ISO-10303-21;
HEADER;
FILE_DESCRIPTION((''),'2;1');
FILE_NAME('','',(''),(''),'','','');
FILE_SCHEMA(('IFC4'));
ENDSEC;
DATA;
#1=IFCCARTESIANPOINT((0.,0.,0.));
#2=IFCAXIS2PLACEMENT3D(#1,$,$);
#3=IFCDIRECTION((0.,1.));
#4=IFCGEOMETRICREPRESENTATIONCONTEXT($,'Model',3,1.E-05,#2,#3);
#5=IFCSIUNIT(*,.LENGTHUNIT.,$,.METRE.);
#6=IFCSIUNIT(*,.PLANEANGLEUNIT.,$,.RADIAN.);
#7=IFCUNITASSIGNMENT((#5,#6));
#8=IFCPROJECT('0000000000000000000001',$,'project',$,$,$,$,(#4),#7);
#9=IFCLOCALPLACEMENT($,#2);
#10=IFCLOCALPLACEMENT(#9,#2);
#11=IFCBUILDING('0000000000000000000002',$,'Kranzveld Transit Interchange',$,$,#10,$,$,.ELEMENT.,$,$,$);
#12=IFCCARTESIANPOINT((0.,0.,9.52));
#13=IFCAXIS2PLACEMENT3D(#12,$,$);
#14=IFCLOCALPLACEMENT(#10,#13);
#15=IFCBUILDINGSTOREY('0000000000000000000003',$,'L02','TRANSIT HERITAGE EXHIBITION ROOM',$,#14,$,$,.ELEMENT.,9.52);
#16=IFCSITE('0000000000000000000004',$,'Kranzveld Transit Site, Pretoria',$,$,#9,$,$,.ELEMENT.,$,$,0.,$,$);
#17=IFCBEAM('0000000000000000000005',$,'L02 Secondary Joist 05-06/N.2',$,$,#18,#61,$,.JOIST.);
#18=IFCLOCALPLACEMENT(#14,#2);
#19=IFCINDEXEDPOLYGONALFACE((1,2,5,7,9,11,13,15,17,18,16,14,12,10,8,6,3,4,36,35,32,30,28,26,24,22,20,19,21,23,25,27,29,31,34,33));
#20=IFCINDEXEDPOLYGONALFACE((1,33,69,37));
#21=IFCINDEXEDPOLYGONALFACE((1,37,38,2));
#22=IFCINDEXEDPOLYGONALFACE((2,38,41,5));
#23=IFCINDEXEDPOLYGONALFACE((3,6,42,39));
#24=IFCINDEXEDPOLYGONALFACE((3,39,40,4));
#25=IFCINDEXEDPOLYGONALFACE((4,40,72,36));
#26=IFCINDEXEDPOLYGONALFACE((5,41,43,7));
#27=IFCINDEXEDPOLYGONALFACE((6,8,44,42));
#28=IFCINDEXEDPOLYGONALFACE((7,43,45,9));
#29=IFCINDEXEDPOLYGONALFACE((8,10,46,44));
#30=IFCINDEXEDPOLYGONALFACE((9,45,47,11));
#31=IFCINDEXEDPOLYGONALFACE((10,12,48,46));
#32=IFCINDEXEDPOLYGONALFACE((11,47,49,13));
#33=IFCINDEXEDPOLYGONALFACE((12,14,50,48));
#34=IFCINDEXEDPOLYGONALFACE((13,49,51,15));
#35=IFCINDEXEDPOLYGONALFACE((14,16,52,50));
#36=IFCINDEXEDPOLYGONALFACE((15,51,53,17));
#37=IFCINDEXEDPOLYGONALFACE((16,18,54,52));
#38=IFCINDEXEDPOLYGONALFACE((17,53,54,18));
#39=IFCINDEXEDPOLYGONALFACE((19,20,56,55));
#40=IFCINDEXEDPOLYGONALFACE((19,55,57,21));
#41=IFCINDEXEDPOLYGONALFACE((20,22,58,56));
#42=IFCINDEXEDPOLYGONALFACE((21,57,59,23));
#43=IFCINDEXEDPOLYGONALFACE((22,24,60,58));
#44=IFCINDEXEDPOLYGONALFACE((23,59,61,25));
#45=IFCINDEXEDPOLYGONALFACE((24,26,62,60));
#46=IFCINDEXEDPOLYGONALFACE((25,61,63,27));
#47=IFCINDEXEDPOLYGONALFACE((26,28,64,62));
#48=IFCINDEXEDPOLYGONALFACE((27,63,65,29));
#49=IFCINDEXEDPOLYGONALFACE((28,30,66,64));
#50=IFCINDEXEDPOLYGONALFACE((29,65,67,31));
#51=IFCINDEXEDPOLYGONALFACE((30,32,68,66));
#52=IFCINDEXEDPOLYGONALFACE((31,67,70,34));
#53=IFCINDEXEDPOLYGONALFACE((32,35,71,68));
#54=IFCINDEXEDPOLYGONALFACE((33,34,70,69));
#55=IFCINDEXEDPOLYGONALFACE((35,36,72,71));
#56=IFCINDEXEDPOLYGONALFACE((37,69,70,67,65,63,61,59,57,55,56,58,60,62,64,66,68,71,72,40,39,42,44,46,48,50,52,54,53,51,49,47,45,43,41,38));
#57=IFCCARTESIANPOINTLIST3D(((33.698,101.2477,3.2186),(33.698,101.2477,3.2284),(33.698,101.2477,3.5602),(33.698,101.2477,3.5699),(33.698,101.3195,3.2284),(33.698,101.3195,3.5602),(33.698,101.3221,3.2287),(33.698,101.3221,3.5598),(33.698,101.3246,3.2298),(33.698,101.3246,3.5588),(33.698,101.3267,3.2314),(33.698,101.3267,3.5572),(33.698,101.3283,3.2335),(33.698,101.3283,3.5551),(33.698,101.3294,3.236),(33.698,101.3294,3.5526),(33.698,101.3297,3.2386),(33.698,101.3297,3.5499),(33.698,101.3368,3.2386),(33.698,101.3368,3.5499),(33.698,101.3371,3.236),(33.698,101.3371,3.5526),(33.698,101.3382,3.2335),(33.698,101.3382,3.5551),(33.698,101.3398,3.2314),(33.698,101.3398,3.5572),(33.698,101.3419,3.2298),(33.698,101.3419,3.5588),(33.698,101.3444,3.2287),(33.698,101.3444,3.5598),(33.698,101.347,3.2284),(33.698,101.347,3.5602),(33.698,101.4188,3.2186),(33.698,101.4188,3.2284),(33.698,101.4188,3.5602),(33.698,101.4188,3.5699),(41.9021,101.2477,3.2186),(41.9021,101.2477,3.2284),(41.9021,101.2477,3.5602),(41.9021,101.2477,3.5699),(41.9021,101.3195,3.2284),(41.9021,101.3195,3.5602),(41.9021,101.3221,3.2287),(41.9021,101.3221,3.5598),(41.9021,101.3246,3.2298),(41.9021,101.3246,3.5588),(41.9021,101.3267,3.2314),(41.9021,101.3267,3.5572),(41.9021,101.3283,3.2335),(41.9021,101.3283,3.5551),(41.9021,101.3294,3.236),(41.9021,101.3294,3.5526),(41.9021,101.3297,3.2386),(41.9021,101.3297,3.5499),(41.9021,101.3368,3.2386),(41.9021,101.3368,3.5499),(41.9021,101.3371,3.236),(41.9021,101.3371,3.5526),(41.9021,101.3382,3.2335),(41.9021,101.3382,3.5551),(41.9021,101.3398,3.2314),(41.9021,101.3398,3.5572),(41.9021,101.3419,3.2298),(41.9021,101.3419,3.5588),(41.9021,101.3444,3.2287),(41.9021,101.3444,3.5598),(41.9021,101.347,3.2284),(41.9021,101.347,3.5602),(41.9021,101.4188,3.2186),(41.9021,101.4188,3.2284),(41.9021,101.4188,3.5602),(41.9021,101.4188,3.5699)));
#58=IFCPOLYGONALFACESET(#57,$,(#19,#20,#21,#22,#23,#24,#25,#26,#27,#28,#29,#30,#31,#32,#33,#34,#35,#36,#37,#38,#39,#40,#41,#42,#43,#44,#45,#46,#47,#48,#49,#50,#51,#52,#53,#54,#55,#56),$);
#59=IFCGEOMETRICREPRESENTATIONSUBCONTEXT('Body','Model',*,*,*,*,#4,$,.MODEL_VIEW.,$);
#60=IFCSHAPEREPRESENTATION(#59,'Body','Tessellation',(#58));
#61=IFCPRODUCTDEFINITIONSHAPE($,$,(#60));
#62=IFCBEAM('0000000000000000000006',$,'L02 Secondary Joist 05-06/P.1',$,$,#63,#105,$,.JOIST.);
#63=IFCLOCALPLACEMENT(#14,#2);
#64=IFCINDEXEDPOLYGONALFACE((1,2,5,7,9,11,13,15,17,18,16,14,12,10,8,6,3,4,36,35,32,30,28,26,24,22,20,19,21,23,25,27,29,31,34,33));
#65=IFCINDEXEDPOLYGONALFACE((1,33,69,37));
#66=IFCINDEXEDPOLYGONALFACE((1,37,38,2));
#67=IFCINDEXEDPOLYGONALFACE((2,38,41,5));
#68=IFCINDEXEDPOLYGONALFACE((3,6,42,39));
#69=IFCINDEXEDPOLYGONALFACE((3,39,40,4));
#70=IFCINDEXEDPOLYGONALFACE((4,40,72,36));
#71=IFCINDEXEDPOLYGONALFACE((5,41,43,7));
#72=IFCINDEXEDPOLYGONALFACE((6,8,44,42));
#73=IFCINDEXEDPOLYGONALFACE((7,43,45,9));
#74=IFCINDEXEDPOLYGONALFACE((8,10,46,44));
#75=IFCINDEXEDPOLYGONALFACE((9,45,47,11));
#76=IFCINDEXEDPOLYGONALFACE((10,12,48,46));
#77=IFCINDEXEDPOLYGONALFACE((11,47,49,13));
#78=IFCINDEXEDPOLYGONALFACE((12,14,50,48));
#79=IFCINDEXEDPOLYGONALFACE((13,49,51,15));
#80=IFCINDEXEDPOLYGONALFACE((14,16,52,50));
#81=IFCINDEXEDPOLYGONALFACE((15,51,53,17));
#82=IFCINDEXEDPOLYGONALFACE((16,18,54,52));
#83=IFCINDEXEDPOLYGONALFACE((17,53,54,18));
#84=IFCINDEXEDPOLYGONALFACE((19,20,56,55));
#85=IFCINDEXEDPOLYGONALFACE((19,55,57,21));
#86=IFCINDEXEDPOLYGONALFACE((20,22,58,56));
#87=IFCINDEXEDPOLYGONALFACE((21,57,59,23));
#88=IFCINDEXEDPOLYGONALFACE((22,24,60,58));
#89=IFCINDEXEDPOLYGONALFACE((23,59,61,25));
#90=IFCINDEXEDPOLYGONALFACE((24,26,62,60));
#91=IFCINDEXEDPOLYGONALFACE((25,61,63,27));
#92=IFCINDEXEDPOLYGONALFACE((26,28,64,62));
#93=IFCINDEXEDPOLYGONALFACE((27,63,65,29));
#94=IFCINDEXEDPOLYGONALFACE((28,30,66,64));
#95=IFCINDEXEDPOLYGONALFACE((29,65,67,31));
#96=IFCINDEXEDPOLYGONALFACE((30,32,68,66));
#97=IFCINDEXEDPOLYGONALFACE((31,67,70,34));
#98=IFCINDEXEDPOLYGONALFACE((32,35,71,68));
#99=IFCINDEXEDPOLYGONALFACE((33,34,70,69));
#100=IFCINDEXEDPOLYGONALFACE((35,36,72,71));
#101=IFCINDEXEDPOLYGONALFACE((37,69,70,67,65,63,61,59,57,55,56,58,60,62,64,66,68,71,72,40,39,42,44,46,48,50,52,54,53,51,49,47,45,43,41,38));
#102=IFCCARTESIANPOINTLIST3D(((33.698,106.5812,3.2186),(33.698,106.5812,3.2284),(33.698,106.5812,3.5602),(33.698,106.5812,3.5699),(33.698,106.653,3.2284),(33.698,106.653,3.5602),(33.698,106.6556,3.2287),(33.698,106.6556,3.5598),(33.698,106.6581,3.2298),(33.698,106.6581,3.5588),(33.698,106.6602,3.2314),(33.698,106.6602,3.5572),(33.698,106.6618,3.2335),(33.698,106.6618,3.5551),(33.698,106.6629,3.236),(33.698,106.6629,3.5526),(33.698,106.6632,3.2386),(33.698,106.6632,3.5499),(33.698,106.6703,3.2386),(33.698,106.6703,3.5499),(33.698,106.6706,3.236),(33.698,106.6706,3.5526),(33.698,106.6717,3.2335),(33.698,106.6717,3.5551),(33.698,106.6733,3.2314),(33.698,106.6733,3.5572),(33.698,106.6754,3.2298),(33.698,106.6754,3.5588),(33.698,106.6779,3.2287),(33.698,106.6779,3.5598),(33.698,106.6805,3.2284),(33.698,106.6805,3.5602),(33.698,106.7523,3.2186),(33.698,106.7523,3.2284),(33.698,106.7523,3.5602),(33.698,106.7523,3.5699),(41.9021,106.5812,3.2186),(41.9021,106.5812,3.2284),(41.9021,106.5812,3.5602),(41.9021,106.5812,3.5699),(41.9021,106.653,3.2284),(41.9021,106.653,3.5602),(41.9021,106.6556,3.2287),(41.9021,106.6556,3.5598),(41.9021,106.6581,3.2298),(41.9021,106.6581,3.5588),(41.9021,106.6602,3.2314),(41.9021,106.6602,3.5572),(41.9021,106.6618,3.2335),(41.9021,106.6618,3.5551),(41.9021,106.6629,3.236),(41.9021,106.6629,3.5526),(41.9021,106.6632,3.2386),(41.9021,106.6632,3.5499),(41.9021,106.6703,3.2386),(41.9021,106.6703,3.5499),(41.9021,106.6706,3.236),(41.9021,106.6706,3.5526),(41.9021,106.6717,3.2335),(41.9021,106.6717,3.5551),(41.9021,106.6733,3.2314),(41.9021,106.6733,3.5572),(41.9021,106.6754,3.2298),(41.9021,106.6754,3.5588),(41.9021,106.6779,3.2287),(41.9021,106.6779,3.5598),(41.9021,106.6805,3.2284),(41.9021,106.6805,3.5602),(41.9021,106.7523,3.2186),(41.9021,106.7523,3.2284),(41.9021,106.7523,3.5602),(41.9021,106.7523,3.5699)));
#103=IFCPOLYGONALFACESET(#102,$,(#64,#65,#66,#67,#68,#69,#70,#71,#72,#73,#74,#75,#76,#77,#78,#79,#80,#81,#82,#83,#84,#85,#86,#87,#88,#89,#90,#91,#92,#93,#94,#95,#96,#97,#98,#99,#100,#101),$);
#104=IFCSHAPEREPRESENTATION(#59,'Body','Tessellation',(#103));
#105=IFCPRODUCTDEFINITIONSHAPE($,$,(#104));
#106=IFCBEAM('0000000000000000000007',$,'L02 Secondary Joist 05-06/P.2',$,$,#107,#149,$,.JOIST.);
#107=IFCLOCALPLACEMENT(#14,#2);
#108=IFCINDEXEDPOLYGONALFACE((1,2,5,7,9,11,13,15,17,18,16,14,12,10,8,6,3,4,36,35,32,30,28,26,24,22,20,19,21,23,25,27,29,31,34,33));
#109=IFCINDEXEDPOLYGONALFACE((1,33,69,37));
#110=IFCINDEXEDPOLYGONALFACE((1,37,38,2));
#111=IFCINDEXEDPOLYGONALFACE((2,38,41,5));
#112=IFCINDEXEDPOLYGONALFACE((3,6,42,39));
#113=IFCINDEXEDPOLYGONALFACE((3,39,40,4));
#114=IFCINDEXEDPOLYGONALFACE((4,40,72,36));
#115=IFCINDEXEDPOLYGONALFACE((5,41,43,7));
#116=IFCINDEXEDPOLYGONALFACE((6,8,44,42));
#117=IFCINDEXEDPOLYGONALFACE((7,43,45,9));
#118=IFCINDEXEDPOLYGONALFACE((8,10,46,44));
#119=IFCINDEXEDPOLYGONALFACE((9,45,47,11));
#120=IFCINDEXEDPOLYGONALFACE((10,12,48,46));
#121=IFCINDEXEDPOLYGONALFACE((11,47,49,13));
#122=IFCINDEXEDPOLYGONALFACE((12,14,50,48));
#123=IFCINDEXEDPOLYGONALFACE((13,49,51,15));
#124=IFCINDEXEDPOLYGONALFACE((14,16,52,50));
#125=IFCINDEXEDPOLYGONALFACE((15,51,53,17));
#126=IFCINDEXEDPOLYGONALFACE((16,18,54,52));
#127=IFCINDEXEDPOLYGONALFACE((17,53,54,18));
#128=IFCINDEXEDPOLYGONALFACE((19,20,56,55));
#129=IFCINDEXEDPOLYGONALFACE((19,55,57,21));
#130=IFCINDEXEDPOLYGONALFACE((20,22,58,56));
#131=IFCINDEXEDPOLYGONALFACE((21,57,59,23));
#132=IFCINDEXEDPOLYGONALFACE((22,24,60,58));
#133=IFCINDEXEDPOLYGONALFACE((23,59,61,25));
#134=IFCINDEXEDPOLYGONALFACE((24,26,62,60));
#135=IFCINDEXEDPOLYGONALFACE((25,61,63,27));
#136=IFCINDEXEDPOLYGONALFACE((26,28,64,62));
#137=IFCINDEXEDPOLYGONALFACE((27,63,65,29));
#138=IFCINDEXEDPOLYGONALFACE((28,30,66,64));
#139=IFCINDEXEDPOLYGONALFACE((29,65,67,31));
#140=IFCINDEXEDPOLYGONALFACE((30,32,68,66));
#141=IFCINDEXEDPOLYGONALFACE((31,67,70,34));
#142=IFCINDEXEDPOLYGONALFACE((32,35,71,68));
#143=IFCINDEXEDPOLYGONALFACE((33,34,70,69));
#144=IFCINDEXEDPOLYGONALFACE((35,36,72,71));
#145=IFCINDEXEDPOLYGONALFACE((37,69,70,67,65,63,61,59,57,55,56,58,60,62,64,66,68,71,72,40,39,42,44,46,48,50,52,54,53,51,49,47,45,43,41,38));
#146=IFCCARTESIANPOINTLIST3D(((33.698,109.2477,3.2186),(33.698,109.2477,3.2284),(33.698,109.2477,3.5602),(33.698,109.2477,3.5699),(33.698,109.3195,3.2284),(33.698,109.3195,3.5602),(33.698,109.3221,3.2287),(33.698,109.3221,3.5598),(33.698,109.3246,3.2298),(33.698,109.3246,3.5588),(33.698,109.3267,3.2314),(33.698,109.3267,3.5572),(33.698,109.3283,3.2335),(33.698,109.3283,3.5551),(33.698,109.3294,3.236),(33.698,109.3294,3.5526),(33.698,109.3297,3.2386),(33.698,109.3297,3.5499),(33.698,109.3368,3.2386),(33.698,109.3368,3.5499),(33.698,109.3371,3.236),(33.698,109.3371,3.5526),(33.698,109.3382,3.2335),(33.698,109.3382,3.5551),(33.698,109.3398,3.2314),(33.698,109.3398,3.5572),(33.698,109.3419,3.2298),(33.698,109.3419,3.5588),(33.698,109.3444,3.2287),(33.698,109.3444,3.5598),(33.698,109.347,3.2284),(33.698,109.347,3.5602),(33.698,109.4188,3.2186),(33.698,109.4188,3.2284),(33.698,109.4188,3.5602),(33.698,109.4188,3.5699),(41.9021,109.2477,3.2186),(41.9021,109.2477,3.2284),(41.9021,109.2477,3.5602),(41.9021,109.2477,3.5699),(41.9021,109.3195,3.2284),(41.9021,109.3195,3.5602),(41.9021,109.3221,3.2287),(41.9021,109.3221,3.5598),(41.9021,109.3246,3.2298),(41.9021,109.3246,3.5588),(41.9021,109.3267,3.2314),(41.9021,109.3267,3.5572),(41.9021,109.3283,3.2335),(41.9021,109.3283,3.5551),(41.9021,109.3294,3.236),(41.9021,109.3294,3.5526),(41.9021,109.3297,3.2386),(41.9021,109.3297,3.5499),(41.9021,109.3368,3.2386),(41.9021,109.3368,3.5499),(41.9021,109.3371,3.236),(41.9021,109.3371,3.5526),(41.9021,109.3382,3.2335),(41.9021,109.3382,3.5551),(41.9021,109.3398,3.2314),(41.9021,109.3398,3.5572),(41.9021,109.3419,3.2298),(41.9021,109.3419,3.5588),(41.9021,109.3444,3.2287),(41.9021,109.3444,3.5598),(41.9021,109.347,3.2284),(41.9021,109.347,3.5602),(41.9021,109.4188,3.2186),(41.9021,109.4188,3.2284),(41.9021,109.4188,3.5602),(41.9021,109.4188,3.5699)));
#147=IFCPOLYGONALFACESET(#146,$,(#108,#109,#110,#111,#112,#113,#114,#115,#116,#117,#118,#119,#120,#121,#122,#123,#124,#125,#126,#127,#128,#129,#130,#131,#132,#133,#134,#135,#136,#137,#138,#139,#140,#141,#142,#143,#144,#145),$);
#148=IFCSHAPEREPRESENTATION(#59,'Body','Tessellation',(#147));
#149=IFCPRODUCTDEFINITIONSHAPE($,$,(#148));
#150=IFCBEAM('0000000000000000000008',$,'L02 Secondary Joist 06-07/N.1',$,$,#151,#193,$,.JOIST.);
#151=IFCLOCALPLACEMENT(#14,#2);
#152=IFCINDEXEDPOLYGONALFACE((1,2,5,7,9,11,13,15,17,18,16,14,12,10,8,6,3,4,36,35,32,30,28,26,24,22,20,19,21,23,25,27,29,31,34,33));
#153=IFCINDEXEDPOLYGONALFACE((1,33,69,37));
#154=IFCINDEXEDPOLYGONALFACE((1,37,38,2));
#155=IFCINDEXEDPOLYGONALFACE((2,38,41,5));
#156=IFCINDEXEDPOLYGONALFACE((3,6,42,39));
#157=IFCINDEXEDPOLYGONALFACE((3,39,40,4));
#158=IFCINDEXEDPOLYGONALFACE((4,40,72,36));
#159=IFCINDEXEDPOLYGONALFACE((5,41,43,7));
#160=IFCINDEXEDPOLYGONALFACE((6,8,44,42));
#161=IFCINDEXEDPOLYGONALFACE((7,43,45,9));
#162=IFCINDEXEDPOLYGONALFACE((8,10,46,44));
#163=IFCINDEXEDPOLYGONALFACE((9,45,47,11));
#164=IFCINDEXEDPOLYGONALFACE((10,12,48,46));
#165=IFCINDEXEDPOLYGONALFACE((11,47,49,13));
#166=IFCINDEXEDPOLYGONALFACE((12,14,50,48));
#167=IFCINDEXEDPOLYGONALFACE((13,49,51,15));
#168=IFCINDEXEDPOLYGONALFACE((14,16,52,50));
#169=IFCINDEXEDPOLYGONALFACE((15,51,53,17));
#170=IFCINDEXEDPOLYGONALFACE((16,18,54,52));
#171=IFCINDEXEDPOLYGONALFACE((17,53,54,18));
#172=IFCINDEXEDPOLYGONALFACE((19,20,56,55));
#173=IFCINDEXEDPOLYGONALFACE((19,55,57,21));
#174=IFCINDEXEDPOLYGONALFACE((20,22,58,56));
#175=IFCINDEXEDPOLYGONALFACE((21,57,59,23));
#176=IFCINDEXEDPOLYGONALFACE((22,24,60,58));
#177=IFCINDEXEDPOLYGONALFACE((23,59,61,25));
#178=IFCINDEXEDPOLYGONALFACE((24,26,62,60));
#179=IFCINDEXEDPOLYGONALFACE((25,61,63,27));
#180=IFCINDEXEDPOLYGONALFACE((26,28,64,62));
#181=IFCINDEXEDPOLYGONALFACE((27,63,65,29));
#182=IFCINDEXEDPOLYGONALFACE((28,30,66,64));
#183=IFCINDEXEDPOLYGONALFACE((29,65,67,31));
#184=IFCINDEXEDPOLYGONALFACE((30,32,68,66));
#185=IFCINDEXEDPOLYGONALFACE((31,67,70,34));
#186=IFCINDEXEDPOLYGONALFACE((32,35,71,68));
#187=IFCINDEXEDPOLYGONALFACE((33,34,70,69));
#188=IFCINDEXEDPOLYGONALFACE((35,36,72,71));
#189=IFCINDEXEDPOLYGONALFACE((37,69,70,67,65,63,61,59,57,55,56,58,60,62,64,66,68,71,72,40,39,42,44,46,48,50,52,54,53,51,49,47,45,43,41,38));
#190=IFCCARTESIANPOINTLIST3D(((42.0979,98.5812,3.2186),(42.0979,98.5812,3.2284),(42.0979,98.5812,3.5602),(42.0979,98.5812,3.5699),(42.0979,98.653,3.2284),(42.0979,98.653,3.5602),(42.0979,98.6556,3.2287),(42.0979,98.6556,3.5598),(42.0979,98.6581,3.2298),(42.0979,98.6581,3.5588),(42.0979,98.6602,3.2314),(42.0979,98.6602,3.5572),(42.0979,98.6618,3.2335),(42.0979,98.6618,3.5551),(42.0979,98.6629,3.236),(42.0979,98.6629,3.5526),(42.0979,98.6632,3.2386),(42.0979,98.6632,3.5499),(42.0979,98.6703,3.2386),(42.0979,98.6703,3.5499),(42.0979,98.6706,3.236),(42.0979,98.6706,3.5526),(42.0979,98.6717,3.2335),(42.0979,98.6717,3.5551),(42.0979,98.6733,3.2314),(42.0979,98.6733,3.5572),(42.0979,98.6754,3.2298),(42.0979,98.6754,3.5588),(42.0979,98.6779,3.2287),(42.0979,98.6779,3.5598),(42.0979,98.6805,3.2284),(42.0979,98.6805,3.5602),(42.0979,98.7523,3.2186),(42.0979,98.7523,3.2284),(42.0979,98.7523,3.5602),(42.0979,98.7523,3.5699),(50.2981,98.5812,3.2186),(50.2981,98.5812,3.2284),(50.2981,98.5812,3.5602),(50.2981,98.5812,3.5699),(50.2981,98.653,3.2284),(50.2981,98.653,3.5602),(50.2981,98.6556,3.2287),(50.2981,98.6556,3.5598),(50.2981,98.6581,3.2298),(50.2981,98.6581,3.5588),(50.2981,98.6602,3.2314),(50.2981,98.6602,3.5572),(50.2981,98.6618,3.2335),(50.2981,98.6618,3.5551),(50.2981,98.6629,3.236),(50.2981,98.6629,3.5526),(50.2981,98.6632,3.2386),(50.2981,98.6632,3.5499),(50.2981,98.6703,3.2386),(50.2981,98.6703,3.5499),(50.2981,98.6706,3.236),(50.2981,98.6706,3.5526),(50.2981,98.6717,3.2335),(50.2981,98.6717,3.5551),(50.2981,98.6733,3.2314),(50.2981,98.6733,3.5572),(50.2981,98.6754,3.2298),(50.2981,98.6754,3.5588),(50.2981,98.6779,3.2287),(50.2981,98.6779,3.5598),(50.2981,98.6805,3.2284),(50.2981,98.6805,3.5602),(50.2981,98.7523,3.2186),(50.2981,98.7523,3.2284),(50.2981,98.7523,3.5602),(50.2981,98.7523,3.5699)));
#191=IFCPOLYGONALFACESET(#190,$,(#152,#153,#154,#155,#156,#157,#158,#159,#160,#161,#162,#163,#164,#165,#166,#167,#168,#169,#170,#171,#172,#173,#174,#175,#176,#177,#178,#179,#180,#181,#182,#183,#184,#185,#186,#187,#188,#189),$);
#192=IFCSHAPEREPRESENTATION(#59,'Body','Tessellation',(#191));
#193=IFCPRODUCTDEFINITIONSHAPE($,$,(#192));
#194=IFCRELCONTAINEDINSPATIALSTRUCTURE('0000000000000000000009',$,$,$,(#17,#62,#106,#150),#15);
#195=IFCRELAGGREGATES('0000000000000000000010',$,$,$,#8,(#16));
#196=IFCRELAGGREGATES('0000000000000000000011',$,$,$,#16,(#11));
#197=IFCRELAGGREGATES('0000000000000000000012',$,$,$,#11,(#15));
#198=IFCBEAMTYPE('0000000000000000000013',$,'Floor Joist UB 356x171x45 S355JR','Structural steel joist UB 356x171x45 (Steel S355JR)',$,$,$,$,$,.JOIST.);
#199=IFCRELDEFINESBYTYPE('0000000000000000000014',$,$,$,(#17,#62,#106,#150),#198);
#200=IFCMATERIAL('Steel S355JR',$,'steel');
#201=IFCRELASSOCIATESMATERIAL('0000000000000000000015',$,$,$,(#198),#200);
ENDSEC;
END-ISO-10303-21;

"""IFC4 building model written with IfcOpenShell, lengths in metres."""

from ifc_helpers import new_model, si_unit, direction, frame, origin, origin_2d, place, context, subcontext, project, spatial, i_section, extrude, material, material_profile, profile_set, type_object, element, save


model = new_model("IFC4")

# Units and contexts
model_context = context("Model", 3, precision=1e-05, world=origin(), true_north=direction((0.0, 1.0)))
body_context = subcontext(model_context, "Body", "Model", "MODEL_VIEW")
ifc_project = project(units=[si_unit("LENGTHUNIT", "METRE"), si_unit("PLANEANGLEUNIT", "RADIAN")], contexts=[model_context])

# Site, building, storey
site_placement = place(None, origin())
site = spatial("IfcSite", under=ifc_project, at=site_placement, Name="Kranzveld Transit Site, Pretoria", CompositionType="ELEMENT", RefElevation=0.0)
building_placement = place(site_placement, origin())
building = spatial("IfcBuilding", under=site, at=building_placement, Name="Kranzveld Transit Interchange", CompositionType="ELEMENT")
storey_placement = place(building_placement, frame((0.0, 0.0, 9.52)))
storey = spatial("IfcBuildingStorey", under=building, at=storey_placement, Name="L02", Description="TRANSIT HERITAGE EXHIBITION ROOM", CompositionType="ELEMENT", Elevation=9.52)

# Beams
ifc_material_1 = material(Name="Steel S355JR", Category="steel")
ifc_material_profile_1 = material_profile(ifc_material_1, i_section(OverallWidth=0.1711, OverallDepth=0.3513, WebThickness=0.0071, FlangeThickness=0.0098, FilletRadius=0.0103, at=origin_2d()), Name="UB 356x171x45")
ifc_profile_set_1 = profile_set([ifc_material_profile_1], Name="Steel S355JR")
beam_type_1 = type_object("IfcBeamType", Name="Floor Joist UB 356x171x45 S355JR", Description="Structural steel joist UB 356x171x45 (Steel S355JR)", PredefinedType="JOIST", material=ifc_profile_set_1)
for number, where, z_axis, x_axis, name in (
    (1, (33.698, 101.3333, 3.3943), (1.0, 0.0, 0.0), (0.0, 1.0, 0.0), "L02 Secondary Joist 05-06/N.2"),
    (2, (33.698, 106.6667, 3.3943), (1.0, 0.0, 0.0), (0.0, 1.0, 0.0), "L02 Secondary Joist 05-06/P.1"),
    (3, (33.698, 109.3333, 3.3943), (1.0, 0.0, 0.0), (0.0, 1.0, 0.0), "L02 Secondary Joist 05-06/P.2"),
):
    element("IfcBeam", number, at=place(storey_placement, frame(where, z_axis=z_axis, x_axis=x_axis)), inside=storey, type_object=beam_type_1, Name=name, PredefinedType="JOIST", context=body_context, shape_type="SweptSolid", body=[
        extrude(i_section(OverallWidth=0.1711, OverallDepth=0.3513, WebThickness=0.0071, FlangeThickness=0.0098, FilletRadius=0.0103, at=origin_2d()), origin(), (0.0, 0.0, 1.0), 8.2041),
    ])
for number, where, z_axis, x_axis, name in (
    (4, (42.0979, 98.6667, 3.3943), (1.0, 0.0, 0.0), (0.0, 1.0, 0.0), "L02 Secondary Joist 06-07/N.1"),
):
    element("IfcBeam", number, at=place(storey_placement, frame(where, z_axis=z_axis, x_axis=x_axis)), inside=storey, type_object=beam_type_1, Name=name, PredefinedType="JOIST", context=body_context, shape_type="SweptSolid", body=[
        extrude(i_section(OverallWidth=0.1711, OverallDepth=0.3513, WebThickness=0.0071, FlangeThickness=0.0098, FilletRadius=0.0103, at=origin_2d()), origin(), (0.0, 0.0, 1.0), 8.2002),
    ])

save(model, "model.ifc")
